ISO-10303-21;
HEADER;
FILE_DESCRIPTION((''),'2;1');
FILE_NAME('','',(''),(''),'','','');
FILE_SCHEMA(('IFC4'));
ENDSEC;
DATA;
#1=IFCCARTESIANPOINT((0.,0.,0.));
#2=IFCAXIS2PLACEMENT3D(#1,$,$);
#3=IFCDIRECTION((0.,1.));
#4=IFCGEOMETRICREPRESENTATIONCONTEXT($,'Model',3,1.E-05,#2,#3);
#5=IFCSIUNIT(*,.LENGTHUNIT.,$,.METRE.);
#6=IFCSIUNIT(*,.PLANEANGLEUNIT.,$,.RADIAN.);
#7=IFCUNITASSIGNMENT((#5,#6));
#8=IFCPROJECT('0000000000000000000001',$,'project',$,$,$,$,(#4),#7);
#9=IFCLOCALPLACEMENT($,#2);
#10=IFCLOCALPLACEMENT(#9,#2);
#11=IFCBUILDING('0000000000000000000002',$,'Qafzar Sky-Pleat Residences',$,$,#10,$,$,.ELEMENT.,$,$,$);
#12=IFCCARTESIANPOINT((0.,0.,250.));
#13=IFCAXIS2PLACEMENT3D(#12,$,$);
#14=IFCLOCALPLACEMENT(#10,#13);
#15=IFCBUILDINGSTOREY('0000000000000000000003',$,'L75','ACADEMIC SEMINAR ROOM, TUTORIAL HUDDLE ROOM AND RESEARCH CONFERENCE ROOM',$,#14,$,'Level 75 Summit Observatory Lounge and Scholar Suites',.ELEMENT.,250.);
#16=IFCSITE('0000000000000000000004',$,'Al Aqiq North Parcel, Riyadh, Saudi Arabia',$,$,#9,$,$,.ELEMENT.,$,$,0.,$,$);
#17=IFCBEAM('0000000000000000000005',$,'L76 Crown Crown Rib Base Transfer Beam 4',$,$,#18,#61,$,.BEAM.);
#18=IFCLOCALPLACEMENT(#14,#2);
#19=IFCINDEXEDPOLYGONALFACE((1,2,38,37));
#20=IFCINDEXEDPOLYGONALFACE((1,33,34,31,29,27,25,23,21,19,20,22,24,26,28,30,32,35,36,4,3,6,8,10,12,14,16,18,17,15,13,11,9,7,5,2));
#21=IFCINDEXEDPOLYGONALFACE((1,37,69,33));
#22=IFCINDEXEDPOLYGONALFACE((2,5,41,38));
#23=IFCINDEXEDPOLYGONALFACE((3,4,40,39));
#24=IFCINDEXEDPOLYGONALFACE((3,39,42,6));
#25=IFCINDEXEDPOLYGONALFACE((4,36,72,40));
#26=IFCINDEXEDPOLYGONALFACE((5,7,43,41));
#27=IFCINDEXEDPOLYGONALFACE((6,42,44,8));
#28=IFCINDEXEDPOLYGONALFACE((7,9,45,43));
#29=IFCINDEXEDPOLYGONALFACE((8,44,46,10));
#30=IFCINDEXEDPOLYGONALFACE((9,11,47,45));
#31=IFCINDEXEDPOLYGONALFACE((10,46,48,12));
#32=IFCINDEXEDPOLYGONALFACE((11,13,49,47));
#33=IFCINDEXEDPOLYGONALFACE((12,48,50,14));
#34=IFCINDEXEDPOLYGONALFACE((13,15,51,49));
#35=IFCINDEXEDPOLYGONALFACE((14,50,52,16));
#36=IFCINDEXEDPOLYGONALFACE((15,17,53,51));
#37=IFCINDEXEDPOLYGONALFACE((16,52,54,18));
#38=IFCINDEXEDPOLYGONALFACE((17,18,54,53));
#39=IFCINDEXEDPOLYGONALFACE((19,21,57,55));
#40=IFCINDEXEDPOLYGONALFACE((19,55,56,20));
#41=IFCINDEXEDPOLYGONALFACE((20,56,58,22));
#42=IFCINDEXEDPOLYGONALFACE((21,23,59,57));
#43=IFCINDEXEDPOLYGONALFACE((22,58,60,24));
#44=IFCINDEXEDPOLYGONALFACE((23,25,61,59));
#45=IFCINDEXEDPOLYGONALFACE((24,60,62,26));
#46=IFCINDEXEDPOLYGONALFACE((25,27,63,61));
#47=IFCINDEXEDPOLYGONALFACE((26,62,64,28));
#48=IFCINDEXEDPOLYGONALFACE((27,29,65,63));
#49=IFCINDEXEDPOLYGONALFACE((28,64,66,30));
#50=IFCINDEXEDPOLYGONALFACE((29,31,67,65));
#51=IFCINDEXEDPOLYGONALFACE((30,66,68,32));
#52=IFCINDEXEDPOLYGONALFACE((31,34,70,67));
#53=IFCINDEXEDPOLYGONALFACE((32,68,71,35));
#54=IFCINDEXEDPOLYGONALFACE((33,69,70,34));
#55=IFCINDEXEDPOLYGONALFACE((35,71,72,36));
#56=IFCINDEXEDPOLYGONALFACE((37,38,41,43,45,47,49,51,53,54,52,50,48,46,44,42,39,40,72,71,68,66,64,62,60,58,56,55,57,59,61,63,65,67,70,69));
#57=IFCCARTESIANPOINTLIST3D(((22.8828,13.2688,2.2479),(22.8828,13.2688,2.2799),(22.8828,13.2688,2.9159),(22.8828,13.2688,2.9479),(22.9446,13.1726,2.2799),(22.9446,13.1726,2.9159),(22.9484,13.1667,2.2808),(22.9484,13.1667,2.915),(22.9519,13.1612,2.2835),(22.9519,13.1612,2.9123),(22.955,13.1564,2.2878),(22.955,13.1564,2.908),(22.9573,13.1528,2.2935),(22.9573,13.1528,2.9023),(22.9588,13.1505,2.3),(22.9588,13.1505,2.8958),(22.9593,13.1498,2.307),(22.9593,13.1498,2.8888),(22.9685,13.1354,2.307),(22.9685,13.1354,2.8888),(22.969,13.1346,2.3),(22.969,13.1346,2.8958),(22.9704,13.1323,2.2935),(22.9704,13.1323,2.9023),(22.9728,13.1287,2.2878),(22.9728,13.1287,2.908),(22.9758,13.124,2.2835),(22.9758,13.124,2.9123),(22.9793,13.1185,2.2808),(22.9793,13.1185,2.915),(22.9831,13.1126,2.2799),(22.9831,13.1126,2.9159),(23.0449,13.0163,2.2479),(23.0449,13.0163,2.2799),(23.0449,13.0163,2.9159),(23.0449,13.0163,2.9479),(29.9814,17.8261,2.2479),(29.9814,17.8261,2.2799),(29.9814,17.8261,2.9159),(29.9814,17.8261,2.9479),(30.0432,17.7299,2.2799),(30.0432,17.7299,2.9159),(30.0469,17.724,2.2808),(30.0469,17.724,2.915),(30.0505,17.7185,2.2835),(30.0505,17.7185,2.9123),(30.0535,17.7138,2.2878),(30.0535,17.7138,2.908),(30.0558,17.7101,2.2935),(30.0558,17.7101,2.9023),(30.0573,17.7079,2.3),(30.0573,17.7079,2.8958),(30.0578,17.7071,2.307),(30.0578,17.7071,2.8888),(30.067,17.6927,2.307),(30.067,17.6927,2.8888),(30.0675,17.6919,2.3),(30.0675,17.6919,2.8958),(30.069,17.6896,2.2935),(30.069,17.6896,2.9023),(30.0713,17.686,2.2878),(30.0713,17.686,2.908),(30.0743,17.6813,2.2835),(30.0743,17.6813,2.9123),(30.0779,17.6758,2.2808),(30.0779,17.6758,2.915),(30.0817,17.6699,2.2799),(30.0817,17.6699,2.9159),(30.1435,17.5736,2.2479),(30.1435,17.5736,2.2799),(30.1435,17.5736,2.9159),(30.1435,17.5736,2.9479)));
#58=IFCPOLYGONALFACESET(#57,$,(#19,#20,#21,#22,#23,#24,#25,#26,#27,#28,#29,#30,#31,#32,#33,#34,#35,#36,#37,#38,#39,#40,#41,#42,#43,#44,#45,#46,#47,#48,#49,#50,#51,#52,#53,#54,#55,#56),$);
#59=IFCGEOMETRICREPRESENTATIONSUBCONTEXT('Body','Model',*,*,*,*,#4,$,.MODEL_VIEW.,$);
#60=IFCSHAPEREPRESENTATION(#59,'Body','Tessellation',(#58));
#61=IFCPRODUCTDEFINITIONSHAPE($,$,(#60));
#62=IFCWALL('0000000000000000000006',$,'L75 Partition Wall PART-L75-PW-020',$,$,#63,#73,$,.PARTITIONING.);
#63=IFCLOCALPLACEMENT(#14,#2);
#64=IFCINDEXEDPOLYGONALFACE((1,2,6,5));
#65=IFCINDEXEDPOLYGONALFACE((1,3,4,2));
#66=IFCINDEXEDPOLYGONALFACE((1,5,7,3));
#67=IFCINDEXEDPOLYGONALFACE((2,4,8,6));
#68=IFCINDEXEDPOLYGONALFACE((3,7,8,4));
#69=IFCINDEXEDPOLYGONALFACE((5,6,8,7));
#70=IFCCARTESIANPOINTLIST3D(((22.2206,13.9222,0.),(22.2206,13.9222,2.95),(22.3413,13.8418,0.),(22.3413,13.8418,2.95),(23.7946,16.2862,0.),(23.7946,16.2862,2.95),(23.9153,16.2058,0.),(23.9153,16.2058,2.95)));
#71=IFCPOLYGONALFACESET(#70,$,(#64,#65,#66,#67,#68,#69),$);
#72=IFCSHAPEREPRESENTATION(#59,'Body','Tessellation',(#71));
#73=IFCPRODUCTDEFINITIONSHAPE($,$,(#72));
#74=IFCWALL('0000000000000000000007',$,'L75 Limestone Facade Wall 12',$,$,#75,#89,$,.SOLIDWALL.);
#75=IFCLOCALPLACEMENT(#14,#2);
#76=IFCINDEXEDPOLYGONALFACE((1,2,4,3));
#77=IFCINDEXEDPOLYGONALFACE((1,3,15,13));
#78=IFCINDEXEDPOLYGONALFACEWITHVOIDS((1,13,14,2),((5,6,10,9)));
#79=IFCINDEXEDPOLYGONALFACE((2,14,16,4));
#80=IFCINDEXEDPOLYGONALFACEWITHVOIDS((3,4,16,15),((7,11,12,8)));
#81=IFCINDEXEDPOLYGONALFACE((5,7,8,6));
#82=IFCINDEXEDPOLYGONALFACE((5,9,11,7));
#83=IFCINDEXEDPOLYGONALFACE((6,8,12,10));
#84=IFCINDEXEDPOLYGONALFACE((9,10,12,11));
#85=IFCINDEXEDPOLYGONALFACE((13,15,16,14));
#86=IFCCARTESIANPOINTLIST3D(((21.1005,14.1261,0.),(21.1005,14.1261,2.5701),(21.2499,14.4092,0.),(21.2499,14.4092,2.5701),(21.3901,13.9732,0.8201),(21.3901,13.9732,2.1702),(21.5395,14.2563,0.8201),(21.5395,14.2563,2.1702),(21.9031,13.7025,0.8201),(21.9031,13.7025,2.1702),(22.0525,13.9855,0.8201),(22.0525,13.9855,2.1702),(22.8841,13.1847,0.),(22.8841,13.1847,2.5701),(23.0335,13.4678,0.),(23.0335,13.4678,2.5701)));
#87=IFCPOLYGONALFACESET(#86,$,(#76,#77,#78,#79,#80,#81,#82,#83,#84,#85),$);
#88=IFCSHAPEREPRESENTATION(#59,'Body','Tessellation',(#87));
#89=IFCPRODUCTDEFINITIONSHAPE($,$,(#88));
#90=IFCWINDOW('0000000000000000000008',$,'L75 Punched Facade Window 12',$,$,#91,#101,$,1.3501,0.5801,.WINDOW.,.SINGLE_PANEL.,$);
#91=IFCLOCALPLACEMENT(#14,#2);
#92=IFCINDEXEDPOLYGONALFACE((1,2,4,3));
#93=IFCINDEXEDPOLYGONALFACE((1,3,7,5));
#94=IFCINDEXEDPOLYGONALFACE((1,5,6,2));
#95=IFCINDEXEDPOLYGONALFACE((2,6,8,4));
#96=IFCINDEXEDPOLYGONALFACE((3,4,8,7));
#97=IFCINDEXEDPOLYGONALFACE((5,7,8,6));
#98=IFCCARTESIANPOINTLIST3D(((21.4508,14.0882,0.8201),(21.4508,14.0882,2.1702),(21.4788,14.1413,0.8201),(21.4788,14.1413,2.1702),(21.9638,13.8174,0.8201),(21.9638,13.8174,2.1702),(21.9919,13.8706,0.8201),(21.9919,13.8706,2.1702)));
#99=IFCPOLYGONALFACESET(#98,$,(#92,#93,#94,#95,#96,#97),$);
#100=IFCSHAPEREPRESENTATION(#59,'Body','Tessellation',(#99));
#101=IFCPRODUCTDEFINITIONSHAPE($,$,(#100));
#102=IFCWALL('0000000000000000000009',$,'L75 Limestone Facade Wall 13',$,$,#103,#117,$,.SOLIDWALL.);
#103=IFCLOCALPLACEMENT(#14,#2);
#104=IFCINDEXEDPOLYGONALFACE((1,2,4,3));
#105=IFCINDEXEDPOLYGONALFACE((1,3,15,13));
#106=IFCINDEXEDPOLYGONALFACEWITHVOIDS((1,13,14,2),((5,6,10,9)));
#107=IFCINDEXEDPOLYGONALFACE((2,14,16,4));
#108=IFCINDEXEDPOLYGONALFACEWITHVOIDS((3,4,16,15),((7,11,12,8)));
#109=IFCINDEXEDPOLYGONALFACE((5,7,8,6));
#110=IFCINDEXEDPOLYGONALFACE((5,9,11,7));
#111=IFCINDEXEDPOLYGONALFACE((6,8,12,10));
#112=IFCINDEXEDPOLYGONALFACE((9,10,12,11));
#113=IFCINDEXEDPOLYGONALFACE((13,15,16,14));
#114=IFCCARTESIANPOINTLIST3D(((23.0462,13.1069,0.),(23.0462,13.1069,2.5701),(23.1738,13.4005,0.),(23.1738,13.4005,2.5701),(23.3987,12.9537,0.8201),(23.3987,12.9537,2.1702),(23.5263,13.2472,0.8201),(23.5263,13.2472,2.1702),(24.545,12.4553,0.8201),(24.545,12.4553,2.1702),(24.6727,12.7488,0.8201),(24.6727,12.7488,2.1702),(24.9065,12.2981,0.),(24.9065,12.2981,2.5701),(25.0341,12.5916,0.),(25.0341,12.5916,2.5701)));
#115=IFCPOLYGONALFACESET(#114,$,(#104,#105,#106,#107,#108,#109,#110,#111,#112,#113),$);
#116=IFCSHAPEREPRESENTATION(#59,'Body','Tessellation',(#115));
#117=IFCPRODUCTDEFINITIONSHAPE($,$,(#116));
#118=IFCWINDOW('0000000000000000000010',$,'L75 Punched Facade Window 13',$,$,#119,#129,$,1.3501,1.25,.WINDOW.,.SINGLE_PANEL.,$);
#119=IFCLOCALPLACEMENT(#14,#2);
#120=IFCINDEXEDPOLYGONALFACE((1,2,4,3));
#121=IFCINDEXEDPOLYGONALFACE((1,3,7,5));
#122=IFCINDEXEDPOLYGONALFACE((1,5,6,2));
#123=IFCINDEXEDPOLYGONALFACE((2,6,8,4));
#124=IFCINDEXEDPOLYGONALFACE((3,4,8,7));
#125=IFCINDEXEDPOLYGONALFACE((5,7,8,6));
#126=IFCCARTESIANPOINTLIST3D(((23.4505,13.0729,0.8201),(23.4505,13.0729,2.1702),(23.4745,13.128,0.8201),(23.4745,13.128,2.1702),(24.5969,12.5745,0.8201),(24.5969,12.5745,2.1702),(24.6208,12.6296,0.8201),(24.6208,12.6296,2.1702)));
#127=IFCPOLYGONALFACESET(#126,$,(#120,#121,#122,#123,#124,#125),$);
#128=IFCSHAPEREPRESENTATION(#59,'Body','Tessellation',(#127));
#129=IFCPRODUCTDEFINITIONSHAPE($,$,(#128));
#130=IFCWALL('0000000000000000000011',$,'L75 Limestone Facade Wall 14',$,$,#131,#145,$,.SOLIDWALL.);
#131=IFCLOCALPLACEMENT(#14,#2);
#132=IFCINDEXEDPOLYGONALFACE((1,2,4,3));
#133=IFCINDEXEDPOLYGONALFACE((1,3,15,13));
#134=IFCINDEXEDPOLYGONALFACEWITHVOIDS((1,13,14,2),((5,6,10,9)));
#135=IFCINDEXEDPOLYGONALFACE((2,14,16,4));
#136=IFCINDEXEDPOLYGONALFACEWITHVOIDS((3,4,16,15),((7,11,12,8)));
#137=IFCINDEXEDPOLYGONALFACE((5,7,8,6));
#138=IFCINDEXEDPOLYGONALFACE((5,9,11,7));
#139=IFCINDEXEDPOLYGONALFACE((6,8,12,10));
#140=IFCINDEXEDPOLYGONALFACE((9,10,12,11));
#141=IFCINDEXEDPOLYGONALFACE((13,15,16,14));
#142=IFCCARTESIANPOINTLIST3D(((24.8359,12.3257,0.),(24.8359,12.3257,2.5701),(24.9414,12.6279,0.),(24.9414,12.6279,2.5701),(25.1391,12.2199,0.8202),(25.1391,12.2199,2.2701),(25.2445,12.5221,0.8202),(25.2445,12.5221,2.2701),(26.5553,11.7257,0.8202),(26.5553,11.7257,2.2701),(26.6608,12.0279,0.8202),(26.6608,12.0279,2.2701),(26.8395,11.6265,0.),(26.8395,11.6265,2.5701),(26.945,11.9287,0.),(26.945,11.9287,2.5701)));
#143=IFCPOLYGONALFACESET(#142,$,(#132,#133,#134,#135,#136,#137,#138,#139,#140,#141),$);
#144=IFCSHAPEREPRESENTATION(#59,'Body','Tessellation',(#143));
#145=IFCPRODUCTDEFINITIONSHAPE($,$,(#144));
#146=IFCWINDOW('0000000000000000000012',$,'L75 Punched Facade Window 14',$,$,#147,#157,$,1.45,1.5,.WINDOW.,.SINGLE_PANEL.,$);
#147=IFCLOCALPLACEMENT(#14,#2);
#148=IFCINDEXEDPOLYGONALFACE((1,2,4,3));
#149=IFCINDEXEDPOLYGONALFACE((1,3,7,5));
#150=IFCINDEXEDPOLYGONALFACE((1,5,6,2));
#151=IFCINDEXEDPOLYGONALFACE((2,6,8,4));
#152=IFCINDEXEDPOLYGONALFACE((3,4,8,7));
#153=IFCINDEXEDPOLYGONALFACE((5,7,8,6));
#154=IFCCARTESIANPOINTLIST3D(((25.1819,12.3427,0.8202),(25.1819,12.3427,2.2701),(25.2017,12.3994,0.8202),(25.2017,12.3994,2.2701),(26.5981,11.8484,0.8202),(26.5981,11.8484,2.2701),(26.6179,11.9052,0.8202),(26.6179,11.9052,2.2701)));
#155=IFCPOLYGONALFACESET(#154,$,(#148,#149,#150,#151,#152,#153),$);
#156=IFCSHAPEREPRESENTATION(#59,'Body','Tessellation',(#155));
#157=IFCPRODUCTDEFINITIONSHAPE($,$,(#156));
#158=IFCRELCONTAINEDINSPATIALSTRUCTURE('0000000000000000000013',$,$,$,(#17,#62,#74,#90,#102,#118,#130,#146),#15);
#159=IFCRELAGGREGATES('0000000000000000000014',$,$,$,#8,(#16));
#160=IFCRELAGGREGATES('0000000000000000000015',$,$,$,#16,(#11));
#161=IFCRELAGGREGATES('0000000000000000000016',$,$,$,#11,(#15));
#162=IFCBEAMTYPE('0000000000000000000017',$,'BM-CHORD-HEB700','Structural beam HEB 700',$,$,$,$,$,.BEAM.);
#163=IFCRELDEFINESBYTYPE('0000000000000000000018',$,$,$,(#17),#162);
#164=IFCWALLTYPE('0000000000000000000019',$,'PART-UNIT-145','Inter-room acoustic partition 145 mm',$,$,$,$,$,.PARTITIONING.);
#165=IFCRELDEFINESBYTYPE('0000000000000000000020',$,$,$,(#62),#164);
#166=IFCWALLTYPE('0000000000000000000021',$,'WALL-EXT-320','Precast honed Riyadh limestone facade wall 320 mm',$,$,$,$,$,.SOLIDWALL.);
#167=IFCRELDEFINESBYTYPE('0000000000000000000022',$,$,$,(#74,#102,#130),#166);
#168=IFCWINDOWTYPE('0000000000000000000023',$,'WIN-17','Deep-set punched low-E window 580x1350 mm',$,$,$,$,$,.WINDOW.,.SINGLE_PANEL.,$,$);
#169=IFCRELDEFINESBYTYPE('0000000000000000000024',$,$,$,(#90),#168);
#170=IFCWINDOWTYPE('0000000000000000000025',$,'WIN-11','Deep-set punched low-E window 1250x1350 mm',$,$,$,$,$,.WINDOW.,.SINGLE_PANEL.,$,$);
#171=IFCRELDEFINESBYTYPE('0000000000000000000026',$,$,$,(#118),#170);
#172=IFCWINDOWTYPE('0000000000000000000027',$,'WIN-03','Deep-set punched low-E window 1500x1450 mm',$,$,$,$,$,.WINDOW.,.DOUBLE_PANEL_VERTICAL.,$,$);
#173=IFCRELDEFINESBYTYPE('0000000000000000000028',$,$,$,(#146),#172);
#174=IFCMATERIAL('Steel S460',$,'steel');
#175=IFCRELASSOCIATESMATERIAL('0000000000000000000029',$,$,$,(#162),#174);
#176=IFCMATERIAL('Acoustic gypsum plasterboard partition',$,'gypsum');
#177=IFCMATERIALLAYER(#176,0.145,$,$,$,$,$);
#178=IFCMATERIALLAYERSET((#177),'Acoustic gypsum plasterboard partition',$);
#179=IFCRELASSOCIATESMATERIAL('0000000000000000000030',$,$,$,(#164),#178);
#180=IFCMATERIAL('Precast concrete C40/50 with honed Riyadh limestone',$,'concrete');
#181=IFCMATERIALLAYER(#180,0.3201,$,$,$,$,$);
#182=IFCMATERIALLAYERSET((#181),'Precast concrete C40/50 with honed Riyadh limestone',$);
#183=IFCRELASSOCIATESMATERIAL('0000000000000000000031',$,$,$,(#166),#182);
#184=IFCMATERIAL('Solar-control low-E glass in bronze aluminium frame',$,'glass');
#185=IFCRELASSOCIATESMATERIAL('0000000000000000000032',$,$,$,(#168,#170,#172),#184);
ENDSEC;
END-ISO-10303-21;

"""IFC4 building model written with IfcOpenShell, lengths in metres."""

from ifc_helpers import new_model, si_unit, direction, frame, frame_2d, origin, origin_2d, place, context, subcontext, project, spatial, rectangle, i_section, extrude, source, transform, mapped, material, layer, layer_set, material_profile, profile_set, type_object, element, fill, save


model = new_model("IFC4")

# Units and contexts
model_context = context("Model", 3, precision=1e-05, world=origin(), true_north=direction((0.0, 1.0)))
body_context = subcontext(model_context, "Body", "Model", "MODEL_VIEW")
ifc_project = project(units=[si_unit("LENGTHUNIT", "METRE"), si_unit("PLANEANGLEUNIT", "RADIAN")], contexts=[model_context])

# Site, building, storey
site_placement = place(None, origin())
site = spatial("IfcSite", under=ifc_project, at=site_placement, Name="Al Aqiq North Parcel, Riyadh, Saudi Arabia", CompositionType="ELEMENT", RefElevation=0.0)
building_placement = place(site_placement, origin())
building = spatial("IfcBuilding", under=site, at=building_placement, Name="Qafzar Sky-Pleat Residences", CompositionType="ELEMENT")
storey_placement = place(building_placement, frame((0.0, 0.0, 250.0)))
storey = spatial("IfcBuildingStorey", under=building, at=storey_placement, Name="L75", Description="ACADEMIC SEMINAR ROOM, TUTORIAL HUDDLE ROOM AND RESEARCH CONFERENCE ROOM", LongName="Level 75 Summit Observatory Lounge and Scholar Suites", CompositionType="ELEMENT", Elevation=250.0)

# Beam
ifc_material_1 = material(Name="Steel S460", Category="steel")
ifc_material_profile_1 = material_profile(ifc_material_1, i_section(OverallWidth=0.3, OverallDepth=0.7, WebThickness=0.0171, FlangeThickness=0.032, FilletRadius=0.0271, at=origin_2d()), Name="HEB 700")
ifc_profile_set_1 = profile_set([ifc_material_profile_1], Name="Steel S460")
beam_type_1 = type_object("IfcBeamType", Name="BM-CHORD-HEB700", Description="Structural beam HEB 700", PredefinedType="BEAM", material=ifc_profile_set_1)
shared_shape_1 = source(origin(), body_context, "Body", "SweptSolid", [
    extrude(i_section(OverallWidth=0.3, OverallDepth=0.7, WebThickness=0.0171, FlangeThickness=0.032, FilletRadius=0.0271, at=origin_2d()), origin(), (0.0, 0.0, 1.0), 8.4355),
])
beam_1_placement = place(storey_placement, frame((22.9639, 13.1426, 2.5979), z_axis=(0.841504, 0.540251, 0.0), x_axis=(-0.540251, 0.841504, 0.0)))
element("IfcBeam", 1, at=beam_1_placement, inside=storey, type_object=beam_type_1, Name="L76 Crown Crown Rib Base Transfer Beam 4", PredefinedType="BEAM", context=body_context, shape_type="MappedRepresentation", body=[
    mapped(shared_shape_1, transform((0.0, 0.0, 0.0), x_axis=(1.0, 0.0, 0.0), y_axis=(0.0, 1.0, 0.0), z_axis=(0.0, 0.0, 1.0), scale=1.0)),
])

# Wall
ifc_material_2 = material(Name="Acoustic gypsum plasterboard partition", Category="gypsum")
ifc_layer_1 = layer(ifc_material_2, 0.145)
ifc_layer_set_1 = layer_set([ifc_layer_1], Name="Acoustic gypsum plasterboard partition")
wall_type_1 = type_object("IfcWallType", Name="PART-UNIT-145", Description="Inter-room acoustic partition 145 mm", PredefinedType="PARTITIONING", material=ifc_layer_set_1)
wall_1_placement = place(storey_placement, frame((22.281, 13.8821, 0.0), z_axis=(0.0, 0.0, 1.0), x_axis=(0.554204, 0.832381, 0.0)))
element("IfcWall", 2, at=wall_1_placement, inside=storey, type_object=wall_type_1, Name="L75 Partition Wall PART-L75-PW-020", PredefinedType="PARTITIONING", context=body_context, shape_type="SweptSolid", body=[
    extrude(rectangle(XDim=2.8401, YDim=0.145, at=frame_2d((1.4199, 0.0))), origin(), (0.0, 0.0, 1.0), 2.95),
])

# Walls, openings, windows
ifc_material_3 = material(Name="Precast concrete C40/50 with honed Riyadh limestone", Category="concrete")
ifc_layer_2 = layer(ifc_material_3, 0.3201)
ifc_layer_set_2 = layer_set([ifc_layer_2], Name="Precast concrete C40/50 with honed Riyadh limestone")
wall_type_2 = type_object("IfcWallType", Name="WALL-EXT-320", Description="Precast honed Riyadh limestone facade wall 320 mm", PredefinedType="SOLIDWALL", material=ifc_layer_set_2)
wall_2_placement = place(storey_placement, frame((21.1753, 14.2676, 0.0), z_axis=(0.0, 0.0, 1.0), x_axis=(0.884382, -0.466764, 0.0)))
wall_2 = element("IfcWall", 3, at=wall_2_placement, inside=storey, type_object=wall_type_2, Name="L75 Limestone Facade Wall 12", PredefinedType="SOLIDWALL", context=body_context, shape_type="SweptSolid", body=[
    extrude(rectangle(XDim=2.0168, YDim=0.3201, at=frame_2d((1.0083, 0.0))), origin(), (0.0, 0.0, 1.0), 2.5701),
])
opening_1_placement = place(wall_2_placement, frame((0.3274, 0.0, 0.8201)))
opening_1 = element("IfcOpeningElement", 4, at=opening_1_placement, cuts=wall_2, PredefinedType="OPENING", context=body_context, shape_type="SweptSolid", body=[
    extrude(rectangle(XDim=0.5801, YDim=1.3501, at=frame_2d((0.29, 0.675))), frame((0.0, 0.1699, 0.0), z_axis=(0.0, -1.0, 0.0), x_axis=(1.0, 0.0, 0.0)), (0.0, 0.0, 1.0), 0.3401),
])
ifc_material_4 = material(Name="Solar-control low-E glass in bronze aluminium frame", Category="glass")
window_type_1 = type_object("IfcWindowType", Name="WIN-17", Description="Deep-set punched low-E window 580x1350 mm", PartitioningType="SINGLE_PANEL", PredefinedType="WINDOW", material=ifc_material_4)
shared_shape_2 = source(origin(), body_context, "Body", "SweptSolid", [
    extrude(rectangle(XDim=0.5801, YDim=1.3501, at=frame_2d((0.29, 0.675))), frame((0.0, 0.03, 0.0), z_axis=(0.0, -1.0, 0.0), x_axis=(1.0, 0.0, 0.0)), (0.0, 0.0, 1.0), 0.0601),
])
window_1_placement = place(opening_1_placement, origin())
window_1 = element("IfcWindow", 5, at=window_1_placement, inside=storey, type_object=window_type_1, Name="L75 Punched Facade Window 12", OverallHeight=1.3501, OverallWidth=0.5801, PartitioningType="SINGLE_PANEL", PredefinedType="WINDOW", context=body_context, shape_type="MappedRepresentation", body=[
    mapped(shared_shape_2, transform((0.0, 0.0, 0.0), x_axis=(1.0, 0.0, 0.0), y_axis=(0.0, 1.0, 0.0), z_axis=(0.0, 0.0, 1.0), scale=1.0)),
])
fill(opening_1, window_1)
wall_3_placement = place(storey_placement, frame((23.1101, 13.2537, 0.0), z_axis=(0.0, 0.0, 1.0), x_axis=(0.917072, -0.398722, 0.0)))
wall_3 = element("IfcWall", 6, at=wall_3_placement, inside=storey, type_object=wall_type_2, Name="L75 Limestone Facade Wall 13", PredefinedType="SOLIDWALL", context=body_context, shape_type="SweptSolid", body=[
    extrude(rectangle(XDim=2.0286, YDim=0.3201, at=frame_2d((1.0142, 0.0))), origin(), (0.0, 0.0, 1.0), 2.5701),
])
opening_2_placement = place(wall_3_placement, frame((0.3843, 0.0, 0.8201)))
opening_2 = element("IfcOpeningElement", 7, at=opening_2_placement, cuts=wall_3, PredefinedType="OPENING", context=body_context, shape_type="SweptSolid", body=[
    extrude(rectangle(XDim=1.25, YDim=1.3501, at=frame_2d((0.625, 0.675))), frame((0.0, 0.1699, 0.0), z_axis=(0.0, -1.0, 0.0), x_axis=(1.0, 0.0, 0.0)), (0.0, 0.0, 1.0), 0.3401),
])
window_type_2 = type_object("IfcWindowType", Name="WIN-11", Description="Deep-set punched low-E window 1250x1350 mm", PartitioningType="SINGLE_PANEL", PredefinedType="WINDOW", material=ifc_material_4)
shared_shape_3 = source(origin(), body_context, "Body", "SweptSolid", [
    extrude(rectangle(XDim=1.25, YDim=1.3501, at=frame_2d((0.625, 0.675))), frame((0.0, 0.03, 0.0), z_axis=(0.0, -1.0, 0.0), x_axis=(1.0, 0.0, 0.0)), (0.0, 0.0, 1.0), 0.0601),
])
window_2_placement = place(opening_2_placement, origin())
window_2 = element("IfcWindow", 8, at=window_2_placement, inside=storey, type_object=window_type_2, Name="L75 Punched Facade Window 13", OverallHeight=1.3501, OverallWidth=1.25, PartitioningType="SINGLE_PANEL", PredefinedType="WINDOW", context=body_context, shape_type="MappedRepresentation", body=[
    mapped(shared_shape_3, transform((0.0, 0.0, 0.0), x_axis=(1.0, 0.0, 0.0), y_axis=(0.0, 1.0, 0.0), z_axis=(0.0, 0.0, 1.0), scale=1.0)),
])
fill(opening_2, window_2)
wall_4_placement = place(storey_placement, frame((24.8887, 12.4768, 0.0), z_axis=(0.0, 0.0, 1.0), x_axis=(0.944161, -0.329484, 0.0)))
wall_4 = element("IfcWall", 9, at=wall_4_placement, inside=storey, type_object=wall_type_2, Name="L75 Limestone Facade Wall 14", PredefinedType="SOLIDWALL", context=body_context, shape_type="SweptSolid", body=[
    extrude(rectangle(XDim=2.1221, YDim=0.3201, at=frame_2d((1.061, 0.0))), origin(), (0.0, 0.0, 1.0), 2.5701),
])
opening_3_placement = place(wall_4_placement, frame((0.321, 0.0, 0.8201)))
opening_3 = element("IfcOpeningElement", 10, at=opening_3_placement, cuts=wall_4, PredefinedType="OPENING", context=body_context, shape_type="SweptSolid", body=[
    extrude(rectangle(XDim=1.5, YDim=1.45, at=frame_2d((0.75, 0.7251))), frame((0.0, 0.1699, 0.0), z_axis=(0.0, -1.0, 0.0), x_axis=(1.0, 0.0, 0.0)), (0.0, 0.0, 1.0), 0.3401),
])
window_type_3 = type_object("IfcWindowType", Name="WIN-03", Description="Deep-set punched low-E window 1500x1450 mm", PartitioningType="DOUBLE_PANEL_VERTICAL", PredefinedType="WINDOW", material=ifc_material_4)
shared_shape_4 = source(origin(), body_context, "Body", "SweptSolid", [
    extrude(rectangle(XDim=1.5, YDim=1.45, at=frame_2d((0.75, 0.7251))), frame((0.0, 0.03, 0.0), z_axis=(0.0, -1.0, 0.0), x_axis=(1.0, 0.0, 0.0)), (0.0, 0.0, 1.0), 0.0601),
])
window_3_placement = place(opening_3_placement, origin())
window_3 = element("IfcWindow", 11, at=window_3_placement, inside=storey, type_object=window_type_3, Name="L75 Punched Facade Window 14", OverallHeight=1.45, OverallWidth=1.5, PartitioningType="SINGLE_PANEL", PredefinedType="WINDOW", context=body_context, shape_type="MappedRepresentation", body=[
    mapped(shared_shape_4, transform((0.0, 0.0, 0.0), x_axis=(1.0, 0.0, 0.0), y_axis=(0.0, 1.0, 0.0), z_axis=(0.0, 0.0, 1.0), scale=1.0)),
])
fill(opening_3, window_3)

save(model, "model.ifc")
